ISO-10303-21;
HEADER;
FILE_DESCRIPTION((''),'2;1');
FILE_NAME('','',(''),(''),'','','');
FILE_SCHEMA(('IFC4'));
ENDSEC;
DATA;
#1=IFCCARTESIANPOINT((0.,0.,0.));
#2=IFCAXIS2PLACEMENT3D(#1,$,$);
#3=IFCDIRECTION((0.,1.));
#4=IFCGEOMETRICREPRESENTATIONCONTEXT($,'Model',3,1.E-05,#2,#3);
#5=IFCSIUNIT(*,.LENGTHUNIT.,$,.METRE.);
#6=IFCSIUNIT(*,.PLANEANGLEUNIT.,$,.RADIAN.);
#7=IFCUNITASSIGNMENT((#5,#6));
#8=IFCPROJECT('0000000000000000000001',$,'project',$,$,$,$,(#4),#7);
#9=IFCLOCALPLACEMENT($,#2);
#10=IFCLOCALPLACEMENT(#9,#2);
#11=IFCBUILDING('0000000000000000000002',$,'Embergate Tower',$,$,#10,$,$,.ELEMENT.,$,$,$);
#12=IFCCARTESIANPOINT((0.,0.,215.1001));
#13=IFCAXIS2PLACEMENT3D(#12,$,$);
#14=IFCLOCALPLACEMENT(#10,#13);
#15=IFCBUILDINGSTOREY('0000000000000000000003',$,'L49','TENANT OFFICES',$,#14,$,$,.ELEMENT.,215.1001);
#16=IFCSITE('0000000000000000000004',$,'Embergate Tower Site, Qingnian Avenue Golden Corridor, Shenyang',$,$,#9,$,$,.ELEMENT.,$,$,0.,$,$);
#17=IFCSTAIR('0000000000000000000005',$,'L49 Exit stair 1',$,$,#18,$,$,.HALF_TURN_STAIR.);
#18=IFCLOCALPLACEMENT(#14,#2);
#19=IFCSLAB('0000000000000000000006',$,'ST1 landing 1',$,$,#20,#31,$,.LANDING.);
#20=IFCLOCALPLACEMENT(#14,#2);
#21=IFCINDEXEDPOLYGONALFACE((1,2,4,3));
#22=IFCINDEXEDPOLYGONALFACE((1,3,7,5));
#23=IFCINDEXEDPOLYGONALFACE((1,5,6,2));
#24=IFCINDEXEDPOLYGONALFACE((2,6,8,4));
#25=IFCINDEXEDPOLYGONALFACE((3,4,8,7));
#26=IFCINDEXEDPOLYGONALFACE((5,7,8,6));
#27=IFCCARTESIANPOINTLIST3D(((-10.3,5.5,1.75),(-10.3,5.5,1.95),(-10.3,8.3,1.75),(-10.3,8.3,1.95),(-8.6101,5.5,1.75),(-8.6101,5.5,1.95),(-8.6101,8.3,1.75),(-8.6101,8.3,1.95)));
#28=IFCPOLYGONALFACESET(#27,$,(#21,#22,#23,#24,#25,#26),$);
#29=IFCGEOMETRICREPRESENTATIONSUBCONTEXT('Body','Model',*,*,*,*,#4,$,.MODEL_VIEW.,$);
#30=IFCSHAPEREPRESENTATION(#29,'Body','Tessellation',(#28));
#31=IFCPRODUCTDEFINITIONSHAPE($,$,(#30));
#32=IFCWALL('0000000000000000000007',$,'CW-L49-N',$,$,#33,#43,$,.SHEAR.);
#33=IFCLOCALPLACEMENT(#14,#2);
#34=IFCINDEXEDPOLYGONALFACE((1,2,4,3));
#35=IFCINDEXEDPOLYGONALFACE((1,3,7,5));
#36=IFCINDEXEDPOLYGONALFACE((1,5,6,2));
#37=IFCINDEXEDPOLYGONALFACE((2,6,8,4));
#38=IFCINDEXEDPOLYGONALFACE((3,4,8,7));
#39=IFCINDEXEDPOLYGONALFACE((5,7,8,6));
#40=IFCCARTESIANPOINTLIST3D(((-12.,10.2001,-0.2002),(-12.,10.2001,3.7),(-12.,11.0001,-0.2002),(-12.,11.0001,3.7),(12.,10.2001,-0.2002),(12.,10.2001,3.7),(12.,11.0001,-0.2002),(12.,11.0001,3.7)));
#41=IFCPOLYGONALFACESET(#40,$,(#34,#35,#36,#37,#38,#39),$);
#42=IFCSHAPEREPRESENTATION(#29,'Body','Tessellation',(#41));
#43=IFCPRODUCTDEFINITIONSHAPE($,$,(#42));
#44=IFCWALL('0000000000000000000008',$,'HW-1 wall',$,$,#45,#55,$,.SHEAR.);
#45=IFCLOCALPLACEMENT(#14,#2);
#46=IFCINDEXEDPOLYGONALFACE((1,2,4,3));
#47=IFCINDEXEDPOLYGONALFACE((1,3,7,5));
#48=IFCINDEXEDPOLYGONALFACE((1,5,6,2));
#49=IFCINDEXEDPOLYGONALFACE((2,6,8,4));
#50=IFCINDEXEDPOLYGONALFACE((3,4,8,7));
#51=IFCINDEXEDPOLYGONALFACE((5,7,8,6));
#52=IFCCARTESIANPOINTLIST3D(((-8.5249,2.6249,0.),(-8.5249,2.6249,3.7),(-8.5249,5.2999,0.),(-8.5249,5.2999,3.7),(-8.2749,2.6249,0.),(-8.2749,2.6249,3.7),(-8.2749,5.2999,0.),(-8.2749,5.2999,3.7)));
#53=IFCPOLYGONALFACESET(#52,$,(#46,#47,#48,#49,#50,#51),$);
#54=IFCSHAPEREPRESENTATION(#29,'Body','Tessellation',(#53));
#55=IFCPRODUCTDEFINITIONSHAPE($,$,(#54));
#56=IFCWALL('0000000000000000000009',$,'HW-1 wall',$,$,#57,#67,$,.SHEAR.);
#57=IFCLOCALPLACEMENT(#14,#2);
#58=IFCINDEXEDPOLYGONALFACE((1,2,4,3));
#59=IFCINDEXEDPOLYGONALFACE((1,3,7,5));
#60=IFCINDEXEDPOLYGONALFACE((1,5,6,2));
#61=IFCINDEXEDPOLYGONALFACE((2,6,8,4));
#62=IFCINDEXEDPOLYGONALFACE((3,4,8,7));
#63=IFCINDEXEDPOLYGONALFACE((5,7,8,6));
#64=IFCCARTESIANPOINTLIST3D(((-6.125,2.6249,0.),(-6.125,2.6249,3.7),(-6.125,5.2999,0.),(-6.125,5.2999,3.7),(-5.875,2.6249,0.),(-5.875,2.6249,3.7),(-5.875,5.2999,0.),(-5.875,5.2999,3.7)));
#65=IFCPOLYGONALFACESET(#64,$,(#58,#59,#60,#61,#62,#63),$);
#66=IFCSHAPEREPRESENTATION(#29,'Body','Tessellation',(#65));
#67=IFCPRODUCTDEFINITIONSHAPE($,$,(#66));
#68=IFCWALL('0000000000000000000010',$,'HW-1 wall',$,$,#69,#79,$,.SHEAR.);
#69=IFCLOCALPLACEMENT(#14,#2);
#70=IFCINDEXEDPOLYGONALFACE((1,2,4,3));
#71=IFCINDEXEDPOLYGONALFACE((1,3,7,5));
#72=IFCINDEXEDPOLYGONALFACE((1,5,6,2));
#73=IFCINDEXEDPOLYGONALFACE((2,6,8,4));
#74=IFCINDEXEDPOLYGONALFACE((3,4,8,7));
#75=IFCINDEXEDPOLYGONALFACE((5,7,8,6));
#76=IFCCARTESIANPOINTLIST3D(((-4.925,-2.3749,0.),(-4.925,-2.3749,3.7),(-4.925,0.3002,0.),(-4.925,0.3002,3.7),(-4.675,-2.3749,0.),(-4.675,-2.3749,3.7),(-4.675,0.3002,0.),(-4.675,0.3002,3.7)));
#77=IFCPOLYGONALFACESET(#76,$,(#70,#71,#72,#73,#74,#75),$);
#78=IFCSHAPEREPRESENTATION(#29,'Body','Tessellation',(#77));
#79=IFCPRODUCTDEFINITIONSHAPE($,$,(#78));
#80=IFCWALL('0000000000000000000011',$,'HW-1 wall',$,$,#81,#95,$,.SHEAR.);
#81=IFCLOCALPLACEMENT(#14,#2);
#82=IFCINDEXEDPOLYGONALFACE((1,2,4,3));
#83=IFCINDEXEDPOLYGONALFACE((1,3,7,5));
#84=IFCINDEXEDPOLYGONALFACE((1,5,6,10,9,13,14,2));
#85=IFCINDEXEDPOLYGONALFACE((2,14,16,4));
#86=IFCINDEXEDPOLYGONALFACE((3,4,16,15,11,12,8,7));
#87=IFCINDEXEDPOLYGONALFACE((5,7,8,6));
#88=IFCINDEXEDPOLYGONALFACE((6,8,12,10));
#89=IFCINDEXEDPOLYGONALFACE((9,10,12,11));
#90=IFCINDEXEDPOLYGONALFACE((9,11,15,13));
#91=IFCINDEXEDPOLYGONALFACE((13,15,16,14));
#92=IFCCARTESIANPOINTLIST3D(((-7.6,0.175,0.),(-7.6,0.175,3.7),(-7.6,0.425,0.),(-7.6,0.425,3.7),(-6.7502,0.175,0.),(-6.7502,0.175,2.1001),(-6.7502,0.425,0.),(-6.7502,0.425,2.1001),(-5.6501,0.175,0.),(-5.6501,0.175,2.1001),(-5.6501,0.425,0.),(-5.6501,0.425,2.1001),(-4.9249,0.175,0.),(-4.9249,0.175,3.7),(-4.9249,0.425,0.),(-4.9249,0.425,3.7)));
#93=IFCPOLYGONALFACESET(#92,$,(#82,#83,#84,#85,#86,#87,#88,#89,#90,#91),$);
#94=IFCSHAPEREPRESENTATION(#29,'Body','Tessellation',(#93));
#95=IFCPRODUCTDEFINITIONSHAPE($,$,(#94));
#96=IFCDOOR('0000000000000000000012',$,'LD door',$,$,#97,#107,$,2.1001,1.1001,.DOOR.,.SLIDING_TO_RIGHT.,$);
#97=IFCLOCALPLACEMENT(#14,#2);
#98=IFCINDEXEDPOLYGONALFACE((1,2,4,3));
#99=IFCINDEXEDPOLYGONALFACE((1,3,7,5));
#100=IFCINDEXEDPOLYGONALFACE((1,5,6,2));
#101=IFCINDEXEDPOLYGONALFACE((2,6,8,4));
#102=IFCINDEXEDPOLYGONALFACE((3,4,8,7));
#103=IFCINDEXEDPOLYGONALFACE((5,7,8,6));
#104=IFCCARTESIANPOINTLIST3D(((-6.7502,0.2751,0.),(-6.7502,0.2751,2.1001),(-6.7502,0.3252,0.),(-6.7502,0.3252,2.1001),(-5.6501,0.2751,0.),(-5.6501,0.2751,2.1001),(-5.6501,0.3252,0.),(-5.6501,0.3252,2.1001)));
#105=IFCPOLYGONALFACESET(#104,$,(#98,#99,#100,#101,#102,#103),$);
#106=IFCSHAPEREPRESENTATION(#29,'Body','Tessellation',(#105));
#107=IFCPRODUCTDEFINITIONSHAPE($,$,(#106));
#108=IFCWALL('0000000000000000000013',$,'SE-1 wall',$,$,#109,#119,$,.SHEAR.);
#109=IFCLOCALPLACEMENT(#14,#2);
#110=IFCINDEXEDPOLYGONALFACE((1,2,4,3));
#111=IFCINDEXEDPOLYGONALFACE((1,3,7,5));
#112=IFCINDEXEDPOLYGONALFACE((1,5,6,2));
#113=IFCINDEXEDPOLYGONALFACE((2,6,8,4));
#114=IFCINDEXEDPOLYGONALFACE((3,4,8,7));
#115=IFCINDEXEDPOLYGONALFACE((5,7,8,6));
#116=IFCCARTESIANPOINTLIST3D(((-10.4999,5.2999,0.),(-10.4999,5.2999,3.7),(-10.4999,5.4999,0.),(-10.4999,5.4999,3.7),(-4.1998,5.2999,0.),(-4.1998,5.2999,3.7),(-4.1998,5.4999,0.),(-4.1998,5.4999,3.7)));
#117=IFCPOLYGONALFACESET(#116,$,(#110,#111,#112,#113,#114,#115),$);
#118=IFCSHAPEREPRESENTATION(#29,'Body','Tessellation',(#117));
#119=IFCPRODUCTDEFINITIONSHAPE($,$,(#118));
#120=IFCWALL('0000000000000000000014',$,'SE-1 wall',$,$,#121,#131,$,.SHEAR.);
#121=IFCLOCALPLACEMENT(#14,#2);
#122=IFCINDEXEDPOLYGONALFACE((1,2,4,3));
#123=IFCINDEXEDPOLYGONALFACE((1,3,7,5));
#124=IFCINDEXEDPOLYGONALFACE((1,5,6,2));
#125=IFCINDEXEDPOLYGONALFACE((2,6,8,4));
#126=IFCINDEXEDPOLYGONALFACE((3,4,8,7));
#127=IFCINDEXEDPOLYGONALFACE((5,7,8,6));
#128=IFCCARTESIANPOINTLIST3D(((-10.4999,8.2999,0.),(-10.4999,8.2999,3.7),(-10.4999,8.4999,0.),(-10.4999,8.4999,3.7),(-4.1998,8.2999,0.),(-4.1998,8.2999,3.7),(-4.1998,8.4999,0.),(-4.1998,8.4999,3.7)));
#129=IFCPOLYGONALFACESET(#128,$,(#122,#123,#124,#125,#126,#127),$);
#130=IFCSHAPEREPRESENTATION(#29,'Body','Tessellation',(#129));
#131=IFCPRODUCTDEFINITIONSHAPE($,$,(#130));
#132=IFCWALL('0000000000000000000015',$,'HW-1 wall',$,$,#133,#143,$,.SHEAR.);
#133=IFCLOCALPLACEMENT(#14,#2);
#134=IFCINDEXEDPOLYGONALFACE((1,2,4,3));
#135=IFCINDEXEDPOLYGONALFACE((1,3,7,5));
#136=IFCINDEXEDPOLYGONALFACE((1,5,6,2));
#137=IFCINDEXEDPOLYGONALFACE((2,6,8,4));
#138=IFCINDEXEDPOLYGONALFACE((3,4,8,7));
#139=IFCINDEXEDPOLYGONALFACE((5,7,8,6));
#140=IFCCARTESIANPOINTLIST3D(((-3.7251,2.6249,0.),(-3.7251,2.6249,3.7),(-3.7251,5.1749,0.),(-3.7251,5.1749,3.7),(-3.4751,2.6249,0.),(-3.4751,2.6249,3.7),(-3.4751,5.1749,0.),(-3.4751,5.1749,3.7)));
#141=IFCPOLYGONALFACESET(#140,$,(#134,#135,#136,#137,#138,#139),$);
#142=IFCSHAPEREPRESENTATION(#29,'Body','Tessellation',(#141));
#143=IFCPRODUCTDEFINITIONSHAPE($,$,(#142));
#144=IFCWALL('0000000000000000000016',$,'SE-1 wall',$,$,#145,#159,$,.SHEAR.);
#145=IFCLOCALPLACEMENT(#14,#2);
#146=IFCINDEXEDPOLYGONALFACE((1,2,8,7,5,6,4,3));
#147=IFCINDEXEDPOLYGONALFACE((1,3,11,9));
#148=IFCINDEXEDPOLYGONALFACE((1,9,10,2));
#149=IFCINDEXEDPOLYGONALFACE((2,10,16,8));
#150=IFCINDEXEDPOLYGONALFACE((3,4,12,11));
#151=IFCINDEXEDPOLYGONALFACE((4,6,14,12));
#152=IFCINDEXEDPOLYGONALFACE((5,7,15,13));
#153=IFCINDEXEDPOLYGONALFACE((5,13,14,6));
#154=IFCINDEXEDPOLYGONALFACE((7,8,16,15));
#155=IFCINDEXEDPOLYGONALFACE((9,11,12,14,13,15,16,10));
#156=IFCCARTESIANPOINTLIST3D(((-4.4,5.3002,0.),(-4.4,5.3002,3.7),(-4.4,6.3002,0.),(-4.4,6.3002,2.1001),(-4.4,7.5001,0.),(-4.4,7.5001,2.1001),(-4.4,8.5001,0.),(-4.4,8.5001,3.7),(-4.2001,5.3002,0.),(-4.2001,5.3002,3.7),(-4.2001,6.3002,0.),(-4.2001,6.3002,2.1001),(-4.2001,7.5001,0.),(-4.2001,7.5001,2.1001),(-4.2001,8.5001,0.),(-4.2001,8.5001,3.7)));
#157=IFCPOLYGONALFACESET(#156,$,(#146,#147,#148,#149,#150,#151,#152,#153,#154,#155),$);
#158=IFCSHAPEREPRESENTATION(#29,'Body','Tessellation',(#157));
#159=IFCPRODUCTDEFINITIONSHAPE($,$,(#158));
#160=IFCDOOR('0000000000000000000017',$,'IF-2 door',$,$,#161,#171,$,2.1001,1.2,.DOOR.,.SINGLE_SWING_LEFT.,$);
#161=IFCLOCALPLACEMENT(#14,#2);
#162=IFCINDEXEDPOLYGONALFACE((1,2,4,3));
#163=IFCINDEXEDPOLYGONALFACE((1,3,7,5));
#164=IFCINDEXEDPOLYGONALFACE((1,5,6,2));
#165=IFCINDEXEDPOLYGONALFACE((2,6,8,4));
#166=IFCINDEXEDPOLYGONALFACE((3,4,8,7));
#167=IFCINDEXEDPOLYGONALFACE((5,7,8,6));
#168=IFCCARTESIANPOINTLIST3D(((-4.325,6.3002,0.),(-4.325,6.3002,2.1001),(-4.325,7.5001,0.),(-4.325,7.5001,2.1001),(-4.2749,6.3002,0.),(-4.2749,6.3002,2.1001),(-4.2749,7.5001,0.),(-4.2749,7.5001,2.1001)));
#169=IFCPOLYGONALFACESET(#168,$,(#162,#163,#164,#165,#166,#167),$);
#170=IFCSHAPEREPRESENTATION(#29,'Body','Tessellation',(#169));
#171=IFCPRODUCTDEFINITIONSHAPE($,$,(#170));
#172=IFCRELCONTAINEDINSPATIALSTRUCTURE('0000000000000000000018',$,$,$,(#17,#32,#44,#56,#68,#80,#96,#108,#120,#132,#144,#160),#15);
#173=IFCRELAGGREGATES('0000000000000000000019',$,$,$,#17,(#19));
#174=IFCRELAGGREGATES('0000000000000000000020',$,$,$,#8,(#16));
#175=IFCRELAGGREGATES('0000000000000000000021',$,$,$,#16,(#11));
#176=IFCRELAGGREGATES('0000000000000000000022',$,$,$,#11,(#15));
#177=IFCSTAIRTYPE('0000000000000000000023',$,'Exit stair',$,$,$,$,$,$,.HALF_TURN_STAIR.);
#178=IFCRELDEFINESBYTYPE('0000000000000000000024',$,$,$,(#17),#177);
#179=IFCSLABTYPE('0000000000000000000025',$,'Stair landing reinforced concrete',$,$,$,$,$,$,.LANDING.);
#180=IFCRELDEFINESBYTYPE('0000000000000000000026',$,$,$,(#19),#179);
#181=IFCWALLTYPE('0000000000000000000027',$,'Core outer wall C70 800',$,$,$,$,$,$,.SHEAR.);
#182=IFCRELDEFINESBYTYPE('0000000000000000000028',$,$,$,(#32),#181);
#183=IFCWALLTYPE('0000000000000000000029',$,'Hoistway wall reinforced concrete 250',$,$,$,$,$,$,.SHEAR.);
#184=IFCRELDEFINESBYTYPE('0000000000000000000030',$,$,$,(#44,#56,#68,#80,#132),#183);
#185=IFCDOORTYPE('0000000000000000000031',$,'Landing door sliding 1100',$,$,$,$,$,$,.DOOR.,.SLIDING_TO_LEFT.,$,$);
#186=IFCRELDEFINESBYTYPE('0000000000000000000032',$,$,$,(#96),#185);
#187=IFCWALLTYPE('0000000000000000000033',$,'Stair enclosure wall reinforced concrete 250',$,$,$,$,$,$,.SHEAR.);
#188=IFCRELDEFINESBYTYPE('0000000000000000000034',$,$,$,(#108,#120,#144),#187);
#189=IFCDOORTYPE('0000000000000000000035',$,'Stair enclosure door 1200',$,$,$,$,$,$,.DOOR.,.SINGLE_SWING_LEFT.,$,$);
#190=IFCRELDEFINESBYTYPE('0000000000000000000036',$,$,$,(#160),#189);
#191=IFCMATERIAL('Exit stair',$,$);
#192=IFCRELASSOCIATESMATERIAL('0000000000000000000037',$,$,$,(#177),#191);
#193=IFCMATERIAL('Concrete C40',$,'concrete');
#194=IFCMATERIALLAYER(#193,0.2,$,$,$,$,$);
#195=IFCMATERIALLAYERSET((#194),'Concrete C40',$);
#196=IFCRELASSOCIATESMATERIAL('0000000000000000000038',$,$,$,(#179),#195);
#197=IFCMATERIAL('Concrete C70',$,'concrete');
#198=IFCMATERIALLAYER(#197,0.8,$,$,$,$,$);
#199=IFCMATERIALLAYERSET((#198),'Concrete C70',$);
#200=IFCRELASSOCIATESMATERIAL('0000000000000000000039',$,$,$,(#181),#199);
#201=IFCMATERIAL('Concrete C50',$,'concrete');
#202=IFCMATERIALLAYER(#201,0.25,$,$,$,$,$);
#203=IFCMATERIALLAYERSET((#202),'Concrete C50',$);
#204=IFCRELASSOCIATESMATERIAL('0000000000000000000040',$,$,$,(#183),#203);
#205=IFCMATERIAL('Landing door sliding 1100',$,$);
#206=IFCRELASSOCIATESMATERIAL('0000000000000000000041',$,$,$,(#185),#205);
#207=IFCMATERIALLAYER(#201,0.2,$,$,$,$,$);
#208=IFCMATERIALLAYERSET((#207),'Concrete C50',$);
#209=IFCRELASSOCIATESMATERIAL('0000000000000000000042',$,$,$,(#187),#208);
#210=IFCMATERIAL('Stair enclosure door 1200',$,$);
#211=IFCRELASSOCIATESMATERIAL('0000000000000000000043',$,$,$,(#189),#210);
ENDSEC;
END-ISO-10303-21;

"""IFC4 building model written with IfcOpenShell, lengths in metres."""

from ifc_helpers import new_model, si_unit, direction, frame, frame_2d, origin, place, context, subcontext, project, spatial, polyline, rectangle, outline, extrude, source, transform, mapped, material, layer, layer_set, type_object, element, fill, aggregate, save


model = new_model("IFC4")

# Units and contexts
model_context = context("Model", 3, precision=1e-05, world=origin(), true_north=direction((0.0, 1.0)))
body_context = subcontext(model_context, "Body", "Model", "MODEL_VIEW")
ifc_project = project(units=[si_unit("LENGTHUNIT", "METRE"), si_unit("PLANEANGLEUNIT", "RADIAN")], contexts=[model_context])

# Site, building, storey
site_placement = place(None, origin())
site = spatial("IfcSite", under=ifc_project, at=site_placement, Name="Embergate Tower Site, Qingnian Avenue Golden Corridor, Shenyang", CompositionType="ELEMENT", RefElevation=0.0)
building_placement = place(site_placement, origin())
building = spatial("IfcBuilding", under=site, at=building_placement, Name="Embergate Tower", CompositionType="ELEMENT")
storey_placement = place(building_placement, frame((0.0, 0.0, 215.1001)))
storey = spatial("IfcBuildingStorey", under=building, at=storey_placement, Name="L49", Description="TENANT OFFICES", CompositionType="ELEMENT", Elevation=215.1001)

# Stair, slab
ifc_material_1 = material(Name="Exit stair")
stair_type = type_object("IfcStairType", Name="Exit stair", PredefinedType="HALF_TURN_STAIR", material=ifc_material_1)
stair_placement = place(storey_placement, origin())
stair = element("IfcStair", 1, at=stair_placement, inside=storey, type_object=stair_type, Name="L49 Exit stair 1", PredefinedType="HALF_TURN_STAIR")
ifc_material_2 = material(Name="Concrete C40", Category="concrete")
ifc_layer_1 = layer(ifc_material_2, 0.2)
ifc_layer_set_1 = layer_set([ifc_layer_1], Name="Concrete C40")
slab_type = type_object("IfcSlabType", Name="Stair landing reinforced concrete", PredefinedType="LANDING", material=ifc_layer_set_1)
shared_shape_1 = source(origin(), body_context, "Body", "SweptSolid", [
    extrude(outline(polyline([(0.0, 0.0), (1.6899, 0.0), (1.6899, 2.8), (0.0, 2.8), (0.0, 0.0)])), origin(), (0.0, 0.0, 1.0), 0.2),
])
slab_placement = place(storey_placement, frame((-10.3, 5.5, 1.75)))
slab = element("IfcSlab", 2, at=slab_placement, type_object=slab_type, Name="ST1 landing 1", PredefinedType="LANDING", context=body_context, shape_type="MappedRepresentation", body=[
    mapped(shared_shape_1, transform((0.0, 0.0, 0.0))),
])

# Walls
ifc_material_3 = material(Name="Concrete C70", Category="concrete")
ifc_layer_2 = layer(ifc_material_3, 0.8)
ifc_layer_set_2 = layer_set([ifc_layer_2], Name="Concrete C70")
wall_type_1 = type_object("IfcWallType", Name="Core outer wall C70 800", PredefinedType="SHEAR", material=ifc_layer_set_2)
shared_shape_2 = source(origin(), body_context, "Body", "SweptSolid", [
    extrude(rectangle(XDim=24.0, YDim=0.8, at=frame_2d((12.0, 0.0))), origin(), (0.0, 0.0, 1.0), 3.9001),
])
wall_1_placement = place(storey_placement, frame((-12.0, 10.6001, -0.2002), z_axis=(0.0, 0.0, 1.0), x_axis=(1.0, 0.0, 0.0)))
element("IfcWall", 3, at=wall_1_placement, inside=storey, type_object=wall_type_1, Name="CW-L49-N", PredefinedType="SHEAR", context=body_context, shape_type="MappedRepresentation", body=[
    mapped(shared_shape_2, transform((0.0, 0.0, 0.0))),
])
ifc_material_4 = material(Name="Concrete C50", Category="concrete")
ifc_layer_3 = layer(ifc_material_4, 0.25)
ifc_layer_set_3 = layer_set([ifc_layer_3], Name="Concrete C50")
wall_type_2 = type_object("IfcWallType", Name="Hoistway wall reinforced concrete 250", PredefinedType="SHEAR", material=ifc_layer_set_3)
shared_shape_3 = source(origin(), body_context, "Body", "SweptSolid", [
    extrude(rectangle(XDim=2.675, YDim=0.25, at=frame_2d((1.3374, 0.0))), origin(), (0.0, 0.0, 1.0), 3.7),
])
for number, where, z_axis, x_axis, name in (
    (4, (-8.3999, 2.625, 0.0), (0.0, 0.0, 1.0), (0.0, 1.0, 0.0), "HW-1 wall"),
    (5, (-6.0, 2.625, 0.0), (0.0, 0.0, 1.0), (0.0, 1.0, 0.0), "HW-1 wall"),
    (6, (-4.8, 0.3, 0.0), (0.0, 0.0, 1.0), (0.0, -1.0, 0.0), "HW-1 wall"),
):
    element("IfcWall", number, at=place(storey_placement, frame(where, z_axis=z_axis, x_axis=x_axis)), inside=storey, type_object=wall_type_2, Name=name, PredefinedType="SHEAR", context=body_context, shape_type="MappedRepresentation", body=[
        mapped(shared_shape_3, transform((0.0, 0.0, 0.0))),
    ])

# Wall, opening, door
wall_2_placement = place(storey_placement, frame((-4.925, 0.3, 0.0), z_axis=(0.0, 0.0, 1.0), x_axis=(-1.0, 0.0, 0.0)))
wall_2 = element("IfcWall", 7, at=wall_2_placement, inside=storey, type_object=wall_type_2, Name="HW-1 wall", PredefinedType="SHEAR", context=body_context, shape_type="MappedRepresentation", body=[
    mapped(shared_shape_3, transform((0.0, 0.0, 0.0))),
])
shared_shape_4 = source(origin(), body_context, "Body", "SweptSolid", [
    extrude(rectangle(XDim=1.1001, YDim=2.1001, at=frame_2d((0.55, 1.05))), frame((0.0, 0.135, 0.0), z_axis=(0.0, -1.0, 0.0), x_axis=(1.0, 0.0, 0.0)), (0.0, 0.0, 1.0), 0.27),
])
opening_1_placement = place(wall_2_placement, frame((0.7251, 0.0, 0.0)))
opening_1 = element("IfcOpeningElement", 8, at=opening_1_placement, cuts=wall_2, PredefinedType="OPENING", context=body_context, shape_type="MappedRepresentation", body=[
    mapped(shared_shape_4, transform((0.0, 0.0, 0.0))),
])
ifc_material_5 = material(Name="Landing door sliding 1100")
door_type_1 = type_object("IfcDoorType", Name="Landing door sliding 1100", OperationType="SLIDING_TO_LEFT", PredefinedType="DOOR", material=ifc_material_5)
shared_shape_5 = source(origin(), body_context, "Body", "SweptSolid", [
    extrude(rectangle(XDim=1.1001, YDim=2.1001, at=frame_2d((0.55, 1.05))), frame((0.0, 0.0249, 0.0), z_axis=(0.0, -1.0, 0.0), x_axis=(1.0, 0.0, 0.0)), (0.0, 0.0, 1.0), 0.05),
])
door_1_placement = place(opening_1_placement, origin())
door_1 = element("IfcDoor", 9, at=door_1_placement, inside=storey, type_object=door_type_1, Name="LD door", OperationType="SLIDING_TO_RIGHT", OverallHeight=2.1001, OverallWidth=1.1001, PredefinedType="DOOR", context=body_context, shape_type="MappedRepresentation", body=[
    mapped(shared_shape_5, transform((0.0, 0.0, 0.0))),
])
fill(opening_1, door_1)

# Walls
ifc_layer_4 = layer(ifc_material_4, 0.2)
ifc_layer_set_4 = layer_set([ifc_layer_4], Name="Concrete C50")
wall_type_3 = type_object("IfcWallType", Name="Stair enclosure wall reinforced concrete 250", PredefinedType="SHEAR", material=ifc_layer_set_4)
shared_shape_6 = source(origin(), body_context, "Body", "SweptSolid", [
    extrude(rectangle(XDim=6.3, YDim=0.2, at=frame_2d((3.1499, 0.0))), origin(), (0.0, 0.0, 1.0), 3.7),
])
for number, where, z_axis, x_axis, name in (
    (10, (-4.2, 5.3999, 0.0), (0.0, 0.0, 1.0), (-1.0, 0.0, 0.0), "SE-1 wall"),
    (11, (-4.2, 8.3999, 0.0), (0.0, 0.0, 1.0), (-1.0, 0.0, 0.0), "SE-1 wall"),
):
    element("IfcWall", number, at=place(storey_placement, frame(where, z_axis=z_axis, x_axis=x_axis)), inside=storey, type_object=wall_type_3, Name=name, PredefinedType="SHEAR", context=body_context, shape_type="MappedRepresentation", body=[
        mapped(shared_shape_6, transform((0.0, 0.0, 0.0))),
    ])
shared_shape_7 = source(origin(), body_context, "Body", "SweptSolid", [
    extrude(rectangle(XDim=2.55, YDim=0.25, at=frame_2d((1.2749, 0.0))), origin(), (0.0, 0.0, 1.0), 3.7),
])
wall_3_placement = place(storey_placement, frame((-3.6001, 2.625, 0.0), z_axis=(0.0, 0.0, 1.0), x_axis=(0.0, 1.0, 0.0)))
element("IfcWall", 12, at=wall_3_placement, inside=storey, type_object=wall_type_2, Name="HW-1 wall", PredefinedType="SHEAR", context=body_context, shape_type="MappedRepresentation", body=[
    mapped(shared_shape_7, transform((0.0, 0.0, 0.0))),
])

# Wall, opening, door
shared_shape_8 = source(origin(), body_context, "Body", "SweptSolid", [
    extrude(rectangle(XDim=3.2, YDim=0.2, at=frame_2d((1.6001, 0.0))), origin(), (0.0, 0.0, 1.0), 3.7),
])
wall_4_placement = place(storey_placement, frame((-4.3, 5.3, 0.0), z_axis=(0.0, 0.0, 1.0), x_axis=(0.0, 1.0, 0.0)))
wall_4 = element("IfcWall", 13, at=wall_4_placement, inside=storey, type_object=wall_type_3, Name="SE-1 wall", PredefinedType="SHEAR", context=body_context, shape_type="MappedRepresentation", body=[
    mapped(shared_shape_8, transform((0.0, 0.0, 0.0))),
])
shared_shape_9 = source(origin(), body_context, "Body", "SweptSolid", [
    extrude(rectangle(XDim=1.2, YDim=2.1001, at=frame_2d((0.6001, 1.05))), frame((0.0, 0.1099, 0.0), z_axis=(0.0, -1.0, 0.0), x_axis=(1.0, 0.0, 0.0)), (0.0, 0.0, 1.0), 0.22),
])
opening_2_placement = place(wall_4_placement, frame((1.0, 0.0, 0.0)))
opening_2 = element("IfcOpeningElement", 14, at=opening_2_placement, cuts=wall_4, PredefinedType="OPENING", context=body_context, shape_type="MappedRepresentation", body=[
    mapped(shared_shape_9, transform((0.0, 0.0, 0.0))),
])
ifc_material_6 = material(Name="Stair enclosure door 1200")
door_type_2 = type_object("IfcDoorType", Name="Stair enclosure door 1200", OperationType="SINGLE_SWING_LEFT", PredefinedType="DOOR", material=ifc_material_6)
shared_shape_10 = source(origin(), body_context, "Body", "SweptSolid", [
    extrude(rectangle(XDim=1.2, YDim=2.1001, at=frame_2d((0.6001, 1.05))), frame((0.0, 0.0249, 0.0), z_axis=(0.0, -1.0, 0.0), x_axis=(1.0, 0.0, 0.0)), (0.0, 0.0, 1.0), 0.05),
])
door_2_placement = place(opening_2_placement, origin())
door_2 = element("IfcDoor", 15, at=door_2_placement, inside=storey, type_object=door_type_2, Name="IF-2 door", OperationType="SINGLE_SWING_LEFT", OverallHeight=2.1001, OverallWidth=1.2, PredefinedType="DOOR", context=body_context, shape_type="MappedRepresentation", body=[
    mapped(shared_shape_10, transform((0.0, 0.0, 0.0))),
])
fill(opening_2, door_2)

aggregate(stair, [slab])

save(model, "model.ifc")
